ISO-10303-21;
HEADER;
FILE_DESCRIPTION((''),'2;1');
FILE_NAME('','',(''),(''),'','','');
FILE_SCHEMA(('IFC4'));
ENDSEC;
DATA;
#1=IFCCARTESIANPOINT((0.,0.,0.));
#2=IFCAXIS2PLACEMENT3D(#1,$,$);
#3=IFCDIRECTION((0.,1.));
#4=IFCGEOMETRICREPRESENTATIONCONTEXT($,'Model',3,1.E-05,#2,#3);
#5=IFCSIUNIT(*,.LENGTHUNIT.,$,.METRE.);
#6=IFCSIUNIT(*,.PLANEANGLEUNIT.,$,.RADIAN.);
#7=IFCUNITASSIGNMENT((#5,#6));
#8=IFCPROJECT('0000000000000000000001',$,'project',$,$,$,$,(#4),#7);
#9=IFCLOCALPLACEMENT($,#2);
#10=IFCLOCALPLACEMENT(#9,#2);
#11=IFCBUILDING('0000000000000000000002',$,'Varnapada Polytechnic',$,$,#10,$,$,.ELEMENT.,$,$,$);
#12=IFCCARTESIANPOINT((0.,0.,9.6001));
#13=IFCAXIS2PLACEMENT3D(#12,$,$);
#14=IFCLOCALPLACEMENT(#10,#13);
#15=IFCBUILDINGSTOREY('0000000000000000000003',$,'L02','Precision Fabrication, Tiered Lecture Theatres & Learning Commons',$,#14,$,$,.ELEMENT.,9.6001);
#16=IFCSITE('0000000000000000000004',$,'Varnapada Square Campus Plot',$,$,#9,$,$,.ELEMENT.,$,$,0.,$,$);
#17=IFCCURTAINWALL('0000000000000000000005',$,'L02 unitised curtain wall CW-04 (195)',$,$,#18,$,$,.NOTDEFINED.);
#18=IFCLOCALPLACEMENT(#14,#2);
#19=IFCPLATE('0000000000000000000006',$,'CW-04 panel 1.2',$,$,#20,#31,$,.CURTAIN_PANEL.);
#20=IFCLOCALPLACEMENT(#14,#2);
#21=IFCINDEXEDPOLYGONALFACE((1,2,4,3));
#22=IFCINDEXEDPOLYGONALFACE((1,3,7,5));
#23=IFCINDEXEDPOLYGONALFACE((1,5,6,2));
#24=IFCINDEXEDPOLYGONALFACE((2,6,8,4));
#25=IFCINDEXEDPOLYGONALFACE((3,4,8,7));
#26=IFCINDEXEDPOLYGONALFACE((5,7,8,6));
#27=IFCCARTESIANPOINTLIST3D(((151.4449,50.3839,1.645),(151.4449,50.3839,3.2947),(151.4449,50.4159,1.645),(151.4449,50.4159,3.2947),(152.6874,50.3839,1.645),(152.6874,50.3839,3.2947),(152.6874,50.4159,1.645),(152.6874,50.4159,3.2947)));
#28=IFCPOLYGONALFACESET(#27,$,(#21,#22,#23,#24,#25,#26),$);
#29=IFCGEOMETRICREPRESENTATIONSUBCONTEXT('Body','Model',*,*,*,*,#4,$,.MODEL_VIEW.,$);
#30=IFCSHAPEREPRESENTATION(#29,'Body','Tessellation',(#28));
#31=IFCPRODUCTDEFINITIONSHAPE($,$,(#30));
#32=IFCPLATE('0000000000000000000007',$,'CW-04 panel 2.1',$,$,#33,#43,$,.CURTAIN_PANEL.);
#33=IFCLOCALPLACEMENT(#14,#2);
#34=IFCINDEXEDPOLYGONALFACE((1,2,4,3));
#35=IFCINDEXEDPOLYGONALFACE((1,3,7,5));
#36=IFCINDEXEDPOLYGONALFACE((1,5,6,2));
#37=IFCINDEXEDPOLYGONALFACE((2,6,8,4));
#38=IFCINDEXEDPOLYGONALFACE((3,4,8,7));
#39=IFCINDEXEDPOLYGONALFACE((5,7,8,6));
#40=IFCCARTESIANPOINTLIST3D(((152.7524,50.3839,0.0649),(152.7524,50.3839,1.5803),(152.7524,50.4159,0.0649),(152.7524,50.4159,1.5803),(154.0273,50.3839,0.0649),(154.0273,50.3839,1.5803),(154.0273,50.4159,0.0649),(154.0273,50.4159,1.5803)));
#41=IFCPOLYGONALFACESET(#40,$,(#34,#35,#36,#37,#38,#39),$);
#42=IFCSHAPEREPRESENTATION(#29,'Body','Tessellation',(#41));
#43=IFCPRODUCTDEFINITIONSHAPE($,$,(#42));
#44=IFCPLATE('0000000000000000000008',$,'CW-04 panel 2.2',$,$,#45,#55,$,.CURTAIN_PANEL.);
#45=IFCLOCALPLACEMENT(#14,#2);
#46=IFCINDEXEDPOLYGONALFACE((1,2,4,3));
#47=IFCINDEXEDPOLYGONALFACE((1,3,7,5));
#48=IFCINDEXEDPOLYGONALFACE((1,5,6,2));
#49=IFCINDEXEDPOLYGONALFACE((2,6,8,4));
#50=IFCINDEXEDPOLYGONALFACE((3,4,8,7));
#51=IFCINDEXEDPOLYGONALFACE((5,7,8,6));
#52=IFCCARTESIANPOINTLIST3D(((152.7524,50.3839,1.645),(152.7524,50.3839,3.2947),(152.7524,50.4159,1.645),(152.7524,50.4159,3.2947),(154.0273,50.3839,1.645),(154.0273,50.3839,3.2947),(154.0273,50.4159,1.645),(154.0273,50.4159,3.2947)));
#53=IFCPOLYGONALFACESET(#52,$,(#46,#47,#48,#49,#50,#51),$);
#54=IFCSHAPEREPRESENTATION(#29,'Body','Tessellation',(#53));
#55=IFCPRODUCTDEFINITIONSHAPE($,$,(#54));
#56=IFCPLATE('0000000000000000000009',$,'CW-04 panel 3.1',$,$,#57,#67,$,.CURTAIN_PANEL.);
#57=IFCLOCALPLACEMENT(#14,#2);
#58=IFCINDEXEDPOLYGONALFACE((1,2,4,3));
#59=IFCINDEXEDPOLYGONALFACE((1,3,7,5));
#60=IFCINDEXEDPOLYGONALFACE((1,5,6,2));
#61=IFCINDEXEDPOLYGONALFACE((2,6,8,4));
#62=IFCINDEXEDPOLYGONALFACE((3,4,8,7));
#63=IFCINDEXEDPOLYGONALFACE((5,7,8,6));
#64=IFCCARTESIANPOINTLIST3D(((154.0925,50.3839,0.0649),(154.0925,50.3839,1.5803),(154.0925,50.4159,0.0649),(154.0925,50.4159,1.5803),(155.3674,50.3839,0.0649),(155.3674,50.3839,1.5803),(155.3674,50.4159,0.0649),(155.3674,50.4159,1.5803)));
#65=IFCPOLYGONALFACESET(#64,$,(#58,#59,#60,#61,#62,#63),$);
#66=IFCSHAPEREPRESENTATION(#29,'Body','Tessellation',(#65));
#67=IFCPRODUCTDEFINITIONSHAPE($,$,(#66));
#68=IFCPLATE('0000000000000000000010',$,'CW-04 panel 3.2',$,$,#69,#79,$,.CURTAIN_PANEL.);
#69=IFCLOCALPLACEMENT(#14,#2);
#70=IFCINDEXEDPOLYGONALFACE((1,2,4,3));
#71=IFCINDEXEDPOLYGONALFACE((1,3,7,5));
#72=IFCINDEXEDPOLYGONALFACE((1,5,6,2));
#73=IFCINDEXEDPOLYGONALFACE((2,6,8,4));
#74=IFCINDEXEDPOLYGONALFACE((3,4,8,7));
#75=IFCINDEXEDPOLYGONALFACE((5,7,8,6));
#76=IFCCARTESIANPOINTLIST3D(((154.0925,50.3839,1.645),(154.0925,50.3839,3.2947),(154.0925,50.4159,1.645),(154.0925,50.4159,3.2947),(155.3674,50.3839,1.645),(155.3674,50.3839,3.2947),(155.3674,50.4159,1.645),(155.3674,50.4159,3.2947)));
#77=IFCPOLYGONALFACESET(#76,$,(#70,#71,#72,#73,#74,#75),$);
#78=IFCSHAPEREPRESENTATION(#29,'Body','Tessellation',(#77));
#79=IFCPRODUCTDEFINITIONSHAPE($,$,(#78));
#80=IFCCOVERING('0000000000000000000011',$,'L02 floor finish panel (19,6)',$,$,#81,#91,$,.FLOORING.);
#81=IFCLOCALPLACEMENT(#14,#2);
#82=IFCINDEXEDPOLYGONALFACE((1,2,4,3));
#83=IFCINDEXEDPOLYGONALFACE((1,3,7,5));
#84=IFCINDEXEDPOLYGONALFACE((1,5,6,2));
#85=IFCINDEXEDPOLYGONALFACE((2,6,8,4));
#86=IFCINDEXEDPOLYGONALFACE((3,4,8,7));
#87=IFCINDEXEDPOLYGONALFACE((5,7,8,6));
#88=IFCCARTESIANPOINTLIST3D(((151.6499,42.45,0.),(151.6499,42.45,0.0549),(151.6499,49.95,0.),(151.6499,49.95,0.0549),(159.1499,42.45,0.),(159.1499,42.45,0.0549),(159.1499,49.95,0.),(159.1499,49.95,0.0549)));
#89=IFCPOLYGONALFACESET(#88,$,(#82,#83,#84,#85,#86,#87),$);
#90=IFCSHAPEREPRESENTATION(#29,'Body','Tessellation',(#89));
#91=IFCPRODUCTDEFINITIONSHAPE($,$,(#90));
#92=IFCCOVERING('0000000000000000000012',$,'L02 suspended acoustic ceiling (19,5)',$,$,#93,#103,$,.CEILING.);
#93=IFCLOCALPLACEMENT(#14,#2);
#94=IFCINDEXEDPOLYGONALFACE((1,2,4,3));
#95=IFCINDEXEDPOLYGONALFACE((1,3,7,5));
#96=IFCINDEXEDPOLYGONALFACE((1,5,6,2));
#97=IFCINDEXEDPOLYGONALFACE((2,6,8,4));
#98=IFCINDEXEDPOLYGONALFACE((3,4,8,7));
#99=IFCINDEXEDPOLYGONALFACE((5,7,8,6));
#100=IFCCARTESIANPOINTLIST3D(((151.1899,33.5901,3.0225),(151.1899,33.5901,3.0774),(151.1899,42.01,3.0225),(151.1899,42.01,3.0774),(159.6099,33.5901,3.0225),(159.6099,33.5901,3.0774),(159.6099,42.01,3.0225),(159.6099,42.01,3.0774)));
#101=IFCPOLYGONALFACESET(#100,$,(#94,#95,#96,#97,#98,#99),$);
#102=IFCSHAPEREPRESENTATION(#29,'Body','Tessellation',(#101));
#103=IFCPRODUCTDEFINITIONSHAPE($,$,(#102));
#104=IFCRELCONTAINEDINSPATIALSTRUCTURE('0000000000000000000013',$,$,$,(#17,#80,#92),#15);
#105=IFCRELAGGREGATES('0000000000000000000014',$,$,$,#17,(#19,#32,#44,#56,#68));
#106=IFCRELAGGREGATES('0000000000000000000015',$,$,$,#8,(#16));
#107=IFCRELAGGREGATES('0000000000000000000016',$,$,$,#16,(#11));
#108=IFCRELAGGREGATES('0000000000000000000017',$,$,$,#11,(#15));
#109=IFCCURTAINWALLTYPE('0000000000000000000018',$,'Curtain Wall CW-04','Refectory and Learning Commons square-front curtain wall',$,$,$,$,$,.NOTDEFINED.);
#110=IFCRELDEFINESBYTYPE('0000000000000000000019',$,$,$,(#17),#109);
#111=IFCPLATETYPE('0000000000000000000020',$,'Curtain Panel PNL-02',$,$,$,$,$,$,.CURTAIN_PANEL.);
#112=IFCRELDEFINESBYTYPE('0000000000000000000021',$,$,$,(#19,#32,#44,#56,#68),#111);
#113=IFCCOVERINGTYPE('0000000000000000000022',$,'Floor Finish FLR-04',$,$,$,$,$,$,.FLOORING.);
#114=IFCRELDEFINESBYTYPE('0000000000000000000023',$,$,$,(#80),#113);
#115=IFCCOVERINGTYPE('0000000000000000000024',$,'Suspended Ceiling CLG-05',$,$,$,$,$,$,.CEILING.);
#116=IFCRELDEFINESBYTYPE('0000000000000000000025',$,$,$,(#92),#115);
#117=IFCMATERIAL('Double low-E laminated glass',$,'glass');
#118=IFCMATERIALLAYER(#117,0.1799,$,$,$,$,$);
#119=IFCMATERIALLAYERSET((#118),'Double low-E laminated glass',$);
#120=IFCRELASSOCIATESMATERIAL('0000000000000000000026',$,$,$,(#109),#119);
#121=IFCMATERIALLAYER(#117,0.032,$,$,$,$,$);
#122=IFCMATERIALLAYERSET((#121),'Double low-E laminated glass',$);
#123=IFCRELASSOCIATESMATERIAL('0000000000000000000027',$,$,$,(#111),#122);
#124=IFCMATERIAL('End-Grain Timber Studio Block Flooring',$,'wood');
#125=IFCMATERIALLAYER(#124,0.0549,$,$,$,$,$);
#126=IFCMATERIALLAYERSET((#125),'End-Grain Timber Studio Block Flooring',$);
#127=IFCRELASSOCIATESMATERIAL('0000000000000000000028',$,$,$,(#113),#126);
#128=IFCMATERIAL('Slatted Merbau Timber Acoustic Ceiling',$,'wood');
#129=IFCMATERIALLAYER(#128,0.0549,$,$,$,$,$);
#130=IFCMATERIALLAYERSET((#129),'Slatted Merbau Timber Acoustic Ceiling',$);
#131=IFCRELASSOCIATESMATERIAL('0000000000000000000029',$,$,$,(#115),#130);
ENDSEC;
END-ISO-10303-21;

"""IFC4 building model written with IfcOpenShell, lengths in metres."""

from ifc_helpers import new_model, si_unit, direction, frame, origin, origin_2d, place, context, subcontext, project, spatial, rectangle, extrude, material, layer, layer_set, type_object, element, aggregate, save


model = new_model("IFC4")

# Units and contexts
model_context = context("Model", 3, precision=1e-05, world=origin(), true_north=direction((0.0, 1.0)))
body_context = subcontext(model_context, "Body", "Model", "MODEL_VIEW")
ifc_project = project(units=[si_unit("LENGTHUNIT", "METRE"), si_unit("PLANEANGLEUNIT", "RADIAN")], contexts=[model_context])

# Site, building, storey
site_placement = place(None, origin())
site = spatial("IfcSite", under=ifc_project, at=site_placement, Name="Varnapada Square Campus Plot", CompositionType="ELEMENT", RefElevation=0.0)
building_placement = place(site_placement, origin())
building = spatial("IfcBuilding", under=site, at=building_placement, Name="Varnapada Polytechnic", CompositionType="ELEMENT")
storey_placement = place(building_placement, frame((0.0, 0.0, 9.6001)))
storey = spatial("IfcBuildingStorey", under=building, at=storey_placement, Name="L02", Description="Precision Fabrication, Tiered Lecture Theatres & Learning Commons", CompositionType="ELEMENT", Elevation=9.6001)

# Curtain wall, plates
ifc_material_1 = material(Name="Double low-E laminated glass", Category="glass")
ifc_layer_1 = layer(ifc_material_1, 0.1799)
ifc_layer_set_1 = layer_set([ifc_layer_1], Name="Double low-E laminated glass")
curtain_wall_type = type_object("IfcCurtainWallType", Name="Curtain Wall CW-04", Description="Refectory and Learning Commons square-front curtain wall", PredefinedType="NOTDEFINED", material=ifc_layer_set_1)
curtain_wall_placement = place(storey_placement, origin())
curtain_wall = element("IfcCurtainWall", 1, at=curtain_wall_placement, inside=storey, type_object=curtain_wall_type, Name="L02 unitised curtain wall CW-04 (195)", PredefinedType="NOTDEFINED")
ifc_layer_2 = layer(ifc_material_1, 0.032)
ifc_layer_set_2 = layer_set([ifc_layer_2], Name="Double low-E laminated glass")
plate_type = type_object("IfcPlateType", Name="Curtain Panel PNL-02", PredefinedType="CURTAIN_PANEL", material=ifc_layer_set_2)
plate_1_placement = place(storey_placement, frame((152.0662, 50.3999, 1.645), z_axis=(0.0, 0.0, 1.0), x_axis=(1.0, 0.0, 0.0)))
plate_1 = element("IfcPlate", 2, at=plate_1_placement, type_object=plate_type, Name="CW-04 panel 1.2", PredefinedType="CURTAIN_PANEL", context=body_context, shape_type="SweptSolid", body=[
    extrude(rectangle(XDim=1.2424, YDim=0.032, at=origin_2d()), origin(), (0.0, 0.0, 1.0), 1.6497),
])
plate_2_placement = place(storey_placement, frame((153.3899, 50.3999, 0.0649), z_axis=(0.0, 0.0, 1.0), x_axis=(1.0, 0.0, 0.0)))
plate_2 = element("IfcPlate", 3, at=plate_2_placement, type_object=plate_type, Name="CW-04 panel 2.1", PredefinedType="CURTAIN_PANEL", context=body_context, shape_type="SweptSolid", body=[
    extrude(rectangle(XDim=1.2749, YDim=0.032, at=origin_2d()), origin(), (0.0, 0.0, 1.0), 1.5154),
])
plate_3_placement = place(storey_placement, frame((153.3899, 50.3999, 1.645), z_axis=(0.0, 0.0, 1.0), x_axis=(1.0, 0.0, 0.0)))
plate_3 = element("IfcPlate", 4, at=plate_3_placement, type_object=plate_type, Name="CW-04 panel 2.2", PredefinedType="CURTAIN_PANEL", context=body_context, shape_type="SweptSolid", body=[
    extrude(rectangle(XDim=1.2749, YDim=0.032, at=origin_2d()), origin(), (0.0, 0.0, 1.0), 1.6497),
])
plate_4_placement = place(storey_placement, frame((154.73, 50.3999, 0.0649), z_axis=(0.0, 0.0, 1.0), x_axis=(1.0, 0.0, 0.0)))
plate_4 = element("IfcPlate", 5, at=plate_4_placement, type_object=plate_type, Name="CW-04 panel 3.1", PredefinedType="CURTAIN_PANEL", context=body_context, shape_type="SweptSolid", body=[
    extrude(rectangle(XDim=1.2749, YDim=0.032, at=origin_2d()), origin(), (0.0, 0.0, 1.0), 1.5154),
])
plate_5_placement = place(storey_placement, frame((154.73, 50.3999, 1.645), z_axis=(0.0, 0.0, 1.0), x_axis=(1.0, 0.0, 0.0)))
plate_5 = element("IfcPlate", 6, at=plate_5_placement, type_object=plate_type, Name="CW-04 panel 3.2", PredefinedType="CURTAIN_PANEL", context=body_context, shape_type="SweptSolid", body=[
    extrude(rectangle(XDim=1.2749, YDim=0.032, at=origin_2d()), origin(), (0.0, 0.0, 1.0), 1.6497),
])
aggregate(curtain_wall, [plate_1, plate_2, plate_3, plate_4, plate_5])

# Coverings
ifc_material_2 = material(Name="End-Grain Timber Studio Block Flooring", Category="wood")
ifc_layer_3 = layer(ifc_material_2, 0.0549)
ifc_layer_set_3 = layer_set([ifc_layer_3], Name="End-Grain Timber Studio Block Flooring")
covering_type_1 = type_object("IfcCoveringType", Name="Floor Finish FLR-04", PredefinedType="FLOORING", material=ifc_layer_set_3)
covering_1_placement = place(storey_placement, frame((155.3999, 46.2, 0.0), z_axis=(0.0, 0.0, 1.0), x_axis=(1.0, 0.0, 0.0)))
element("IfcCovering", 7, at=covering_1_placement, inside=storey, type_object=covering_type_1, Name="L02 floor finish panel (19,6)", PredefinedType="FLOORING", context=body_context, shape_type="SweptSolid", body=[
    extrude(rectangle(XDim=7.5, YDim=7.5, at=origin_2d()), origin(), (0.0, 0.0, 1.0), 0.0549),
])
ifc_material_3 = material(Name="Slatted Merbau Timber Acoustic Ceiling", Category="wood")
ifc_layer_4 = layer(ifc_material_3, 0.0549)
ifc_layer_set_4 = layer_set([ifc_layer_4], Name="Slatted Merbau Timber Acoustic Ceiling")
covering_type_2 = type_object("IfcCoveringType", Name="Suspended Ceiling CLG-05", PredefinedType="CEILING", material=ifc_layer_set_4)
covering_2_placement = place(storey_placement, frame((155.3999, 37.8, 3.0225), z_axis=(0.0, 0.0, 1.0), x_axis=(1.0, 0.0, 0.0)))
element("IfcCovering", 8, at=covering_2_placement, inside=storey, type_object=covering_type_2, Name="L02 suspended acoustic ceiling (19,5)", PredefinedType="CEILING", context=body_context, shape_type="SweptSolid", body=[
    extrude(rectangle(XDim=8.4199, YDim=8.4199, at=origin_2d()), origin(), (0.0, 0.0, 1.0), 0.0549),
])

save(model, "model.ifc")
